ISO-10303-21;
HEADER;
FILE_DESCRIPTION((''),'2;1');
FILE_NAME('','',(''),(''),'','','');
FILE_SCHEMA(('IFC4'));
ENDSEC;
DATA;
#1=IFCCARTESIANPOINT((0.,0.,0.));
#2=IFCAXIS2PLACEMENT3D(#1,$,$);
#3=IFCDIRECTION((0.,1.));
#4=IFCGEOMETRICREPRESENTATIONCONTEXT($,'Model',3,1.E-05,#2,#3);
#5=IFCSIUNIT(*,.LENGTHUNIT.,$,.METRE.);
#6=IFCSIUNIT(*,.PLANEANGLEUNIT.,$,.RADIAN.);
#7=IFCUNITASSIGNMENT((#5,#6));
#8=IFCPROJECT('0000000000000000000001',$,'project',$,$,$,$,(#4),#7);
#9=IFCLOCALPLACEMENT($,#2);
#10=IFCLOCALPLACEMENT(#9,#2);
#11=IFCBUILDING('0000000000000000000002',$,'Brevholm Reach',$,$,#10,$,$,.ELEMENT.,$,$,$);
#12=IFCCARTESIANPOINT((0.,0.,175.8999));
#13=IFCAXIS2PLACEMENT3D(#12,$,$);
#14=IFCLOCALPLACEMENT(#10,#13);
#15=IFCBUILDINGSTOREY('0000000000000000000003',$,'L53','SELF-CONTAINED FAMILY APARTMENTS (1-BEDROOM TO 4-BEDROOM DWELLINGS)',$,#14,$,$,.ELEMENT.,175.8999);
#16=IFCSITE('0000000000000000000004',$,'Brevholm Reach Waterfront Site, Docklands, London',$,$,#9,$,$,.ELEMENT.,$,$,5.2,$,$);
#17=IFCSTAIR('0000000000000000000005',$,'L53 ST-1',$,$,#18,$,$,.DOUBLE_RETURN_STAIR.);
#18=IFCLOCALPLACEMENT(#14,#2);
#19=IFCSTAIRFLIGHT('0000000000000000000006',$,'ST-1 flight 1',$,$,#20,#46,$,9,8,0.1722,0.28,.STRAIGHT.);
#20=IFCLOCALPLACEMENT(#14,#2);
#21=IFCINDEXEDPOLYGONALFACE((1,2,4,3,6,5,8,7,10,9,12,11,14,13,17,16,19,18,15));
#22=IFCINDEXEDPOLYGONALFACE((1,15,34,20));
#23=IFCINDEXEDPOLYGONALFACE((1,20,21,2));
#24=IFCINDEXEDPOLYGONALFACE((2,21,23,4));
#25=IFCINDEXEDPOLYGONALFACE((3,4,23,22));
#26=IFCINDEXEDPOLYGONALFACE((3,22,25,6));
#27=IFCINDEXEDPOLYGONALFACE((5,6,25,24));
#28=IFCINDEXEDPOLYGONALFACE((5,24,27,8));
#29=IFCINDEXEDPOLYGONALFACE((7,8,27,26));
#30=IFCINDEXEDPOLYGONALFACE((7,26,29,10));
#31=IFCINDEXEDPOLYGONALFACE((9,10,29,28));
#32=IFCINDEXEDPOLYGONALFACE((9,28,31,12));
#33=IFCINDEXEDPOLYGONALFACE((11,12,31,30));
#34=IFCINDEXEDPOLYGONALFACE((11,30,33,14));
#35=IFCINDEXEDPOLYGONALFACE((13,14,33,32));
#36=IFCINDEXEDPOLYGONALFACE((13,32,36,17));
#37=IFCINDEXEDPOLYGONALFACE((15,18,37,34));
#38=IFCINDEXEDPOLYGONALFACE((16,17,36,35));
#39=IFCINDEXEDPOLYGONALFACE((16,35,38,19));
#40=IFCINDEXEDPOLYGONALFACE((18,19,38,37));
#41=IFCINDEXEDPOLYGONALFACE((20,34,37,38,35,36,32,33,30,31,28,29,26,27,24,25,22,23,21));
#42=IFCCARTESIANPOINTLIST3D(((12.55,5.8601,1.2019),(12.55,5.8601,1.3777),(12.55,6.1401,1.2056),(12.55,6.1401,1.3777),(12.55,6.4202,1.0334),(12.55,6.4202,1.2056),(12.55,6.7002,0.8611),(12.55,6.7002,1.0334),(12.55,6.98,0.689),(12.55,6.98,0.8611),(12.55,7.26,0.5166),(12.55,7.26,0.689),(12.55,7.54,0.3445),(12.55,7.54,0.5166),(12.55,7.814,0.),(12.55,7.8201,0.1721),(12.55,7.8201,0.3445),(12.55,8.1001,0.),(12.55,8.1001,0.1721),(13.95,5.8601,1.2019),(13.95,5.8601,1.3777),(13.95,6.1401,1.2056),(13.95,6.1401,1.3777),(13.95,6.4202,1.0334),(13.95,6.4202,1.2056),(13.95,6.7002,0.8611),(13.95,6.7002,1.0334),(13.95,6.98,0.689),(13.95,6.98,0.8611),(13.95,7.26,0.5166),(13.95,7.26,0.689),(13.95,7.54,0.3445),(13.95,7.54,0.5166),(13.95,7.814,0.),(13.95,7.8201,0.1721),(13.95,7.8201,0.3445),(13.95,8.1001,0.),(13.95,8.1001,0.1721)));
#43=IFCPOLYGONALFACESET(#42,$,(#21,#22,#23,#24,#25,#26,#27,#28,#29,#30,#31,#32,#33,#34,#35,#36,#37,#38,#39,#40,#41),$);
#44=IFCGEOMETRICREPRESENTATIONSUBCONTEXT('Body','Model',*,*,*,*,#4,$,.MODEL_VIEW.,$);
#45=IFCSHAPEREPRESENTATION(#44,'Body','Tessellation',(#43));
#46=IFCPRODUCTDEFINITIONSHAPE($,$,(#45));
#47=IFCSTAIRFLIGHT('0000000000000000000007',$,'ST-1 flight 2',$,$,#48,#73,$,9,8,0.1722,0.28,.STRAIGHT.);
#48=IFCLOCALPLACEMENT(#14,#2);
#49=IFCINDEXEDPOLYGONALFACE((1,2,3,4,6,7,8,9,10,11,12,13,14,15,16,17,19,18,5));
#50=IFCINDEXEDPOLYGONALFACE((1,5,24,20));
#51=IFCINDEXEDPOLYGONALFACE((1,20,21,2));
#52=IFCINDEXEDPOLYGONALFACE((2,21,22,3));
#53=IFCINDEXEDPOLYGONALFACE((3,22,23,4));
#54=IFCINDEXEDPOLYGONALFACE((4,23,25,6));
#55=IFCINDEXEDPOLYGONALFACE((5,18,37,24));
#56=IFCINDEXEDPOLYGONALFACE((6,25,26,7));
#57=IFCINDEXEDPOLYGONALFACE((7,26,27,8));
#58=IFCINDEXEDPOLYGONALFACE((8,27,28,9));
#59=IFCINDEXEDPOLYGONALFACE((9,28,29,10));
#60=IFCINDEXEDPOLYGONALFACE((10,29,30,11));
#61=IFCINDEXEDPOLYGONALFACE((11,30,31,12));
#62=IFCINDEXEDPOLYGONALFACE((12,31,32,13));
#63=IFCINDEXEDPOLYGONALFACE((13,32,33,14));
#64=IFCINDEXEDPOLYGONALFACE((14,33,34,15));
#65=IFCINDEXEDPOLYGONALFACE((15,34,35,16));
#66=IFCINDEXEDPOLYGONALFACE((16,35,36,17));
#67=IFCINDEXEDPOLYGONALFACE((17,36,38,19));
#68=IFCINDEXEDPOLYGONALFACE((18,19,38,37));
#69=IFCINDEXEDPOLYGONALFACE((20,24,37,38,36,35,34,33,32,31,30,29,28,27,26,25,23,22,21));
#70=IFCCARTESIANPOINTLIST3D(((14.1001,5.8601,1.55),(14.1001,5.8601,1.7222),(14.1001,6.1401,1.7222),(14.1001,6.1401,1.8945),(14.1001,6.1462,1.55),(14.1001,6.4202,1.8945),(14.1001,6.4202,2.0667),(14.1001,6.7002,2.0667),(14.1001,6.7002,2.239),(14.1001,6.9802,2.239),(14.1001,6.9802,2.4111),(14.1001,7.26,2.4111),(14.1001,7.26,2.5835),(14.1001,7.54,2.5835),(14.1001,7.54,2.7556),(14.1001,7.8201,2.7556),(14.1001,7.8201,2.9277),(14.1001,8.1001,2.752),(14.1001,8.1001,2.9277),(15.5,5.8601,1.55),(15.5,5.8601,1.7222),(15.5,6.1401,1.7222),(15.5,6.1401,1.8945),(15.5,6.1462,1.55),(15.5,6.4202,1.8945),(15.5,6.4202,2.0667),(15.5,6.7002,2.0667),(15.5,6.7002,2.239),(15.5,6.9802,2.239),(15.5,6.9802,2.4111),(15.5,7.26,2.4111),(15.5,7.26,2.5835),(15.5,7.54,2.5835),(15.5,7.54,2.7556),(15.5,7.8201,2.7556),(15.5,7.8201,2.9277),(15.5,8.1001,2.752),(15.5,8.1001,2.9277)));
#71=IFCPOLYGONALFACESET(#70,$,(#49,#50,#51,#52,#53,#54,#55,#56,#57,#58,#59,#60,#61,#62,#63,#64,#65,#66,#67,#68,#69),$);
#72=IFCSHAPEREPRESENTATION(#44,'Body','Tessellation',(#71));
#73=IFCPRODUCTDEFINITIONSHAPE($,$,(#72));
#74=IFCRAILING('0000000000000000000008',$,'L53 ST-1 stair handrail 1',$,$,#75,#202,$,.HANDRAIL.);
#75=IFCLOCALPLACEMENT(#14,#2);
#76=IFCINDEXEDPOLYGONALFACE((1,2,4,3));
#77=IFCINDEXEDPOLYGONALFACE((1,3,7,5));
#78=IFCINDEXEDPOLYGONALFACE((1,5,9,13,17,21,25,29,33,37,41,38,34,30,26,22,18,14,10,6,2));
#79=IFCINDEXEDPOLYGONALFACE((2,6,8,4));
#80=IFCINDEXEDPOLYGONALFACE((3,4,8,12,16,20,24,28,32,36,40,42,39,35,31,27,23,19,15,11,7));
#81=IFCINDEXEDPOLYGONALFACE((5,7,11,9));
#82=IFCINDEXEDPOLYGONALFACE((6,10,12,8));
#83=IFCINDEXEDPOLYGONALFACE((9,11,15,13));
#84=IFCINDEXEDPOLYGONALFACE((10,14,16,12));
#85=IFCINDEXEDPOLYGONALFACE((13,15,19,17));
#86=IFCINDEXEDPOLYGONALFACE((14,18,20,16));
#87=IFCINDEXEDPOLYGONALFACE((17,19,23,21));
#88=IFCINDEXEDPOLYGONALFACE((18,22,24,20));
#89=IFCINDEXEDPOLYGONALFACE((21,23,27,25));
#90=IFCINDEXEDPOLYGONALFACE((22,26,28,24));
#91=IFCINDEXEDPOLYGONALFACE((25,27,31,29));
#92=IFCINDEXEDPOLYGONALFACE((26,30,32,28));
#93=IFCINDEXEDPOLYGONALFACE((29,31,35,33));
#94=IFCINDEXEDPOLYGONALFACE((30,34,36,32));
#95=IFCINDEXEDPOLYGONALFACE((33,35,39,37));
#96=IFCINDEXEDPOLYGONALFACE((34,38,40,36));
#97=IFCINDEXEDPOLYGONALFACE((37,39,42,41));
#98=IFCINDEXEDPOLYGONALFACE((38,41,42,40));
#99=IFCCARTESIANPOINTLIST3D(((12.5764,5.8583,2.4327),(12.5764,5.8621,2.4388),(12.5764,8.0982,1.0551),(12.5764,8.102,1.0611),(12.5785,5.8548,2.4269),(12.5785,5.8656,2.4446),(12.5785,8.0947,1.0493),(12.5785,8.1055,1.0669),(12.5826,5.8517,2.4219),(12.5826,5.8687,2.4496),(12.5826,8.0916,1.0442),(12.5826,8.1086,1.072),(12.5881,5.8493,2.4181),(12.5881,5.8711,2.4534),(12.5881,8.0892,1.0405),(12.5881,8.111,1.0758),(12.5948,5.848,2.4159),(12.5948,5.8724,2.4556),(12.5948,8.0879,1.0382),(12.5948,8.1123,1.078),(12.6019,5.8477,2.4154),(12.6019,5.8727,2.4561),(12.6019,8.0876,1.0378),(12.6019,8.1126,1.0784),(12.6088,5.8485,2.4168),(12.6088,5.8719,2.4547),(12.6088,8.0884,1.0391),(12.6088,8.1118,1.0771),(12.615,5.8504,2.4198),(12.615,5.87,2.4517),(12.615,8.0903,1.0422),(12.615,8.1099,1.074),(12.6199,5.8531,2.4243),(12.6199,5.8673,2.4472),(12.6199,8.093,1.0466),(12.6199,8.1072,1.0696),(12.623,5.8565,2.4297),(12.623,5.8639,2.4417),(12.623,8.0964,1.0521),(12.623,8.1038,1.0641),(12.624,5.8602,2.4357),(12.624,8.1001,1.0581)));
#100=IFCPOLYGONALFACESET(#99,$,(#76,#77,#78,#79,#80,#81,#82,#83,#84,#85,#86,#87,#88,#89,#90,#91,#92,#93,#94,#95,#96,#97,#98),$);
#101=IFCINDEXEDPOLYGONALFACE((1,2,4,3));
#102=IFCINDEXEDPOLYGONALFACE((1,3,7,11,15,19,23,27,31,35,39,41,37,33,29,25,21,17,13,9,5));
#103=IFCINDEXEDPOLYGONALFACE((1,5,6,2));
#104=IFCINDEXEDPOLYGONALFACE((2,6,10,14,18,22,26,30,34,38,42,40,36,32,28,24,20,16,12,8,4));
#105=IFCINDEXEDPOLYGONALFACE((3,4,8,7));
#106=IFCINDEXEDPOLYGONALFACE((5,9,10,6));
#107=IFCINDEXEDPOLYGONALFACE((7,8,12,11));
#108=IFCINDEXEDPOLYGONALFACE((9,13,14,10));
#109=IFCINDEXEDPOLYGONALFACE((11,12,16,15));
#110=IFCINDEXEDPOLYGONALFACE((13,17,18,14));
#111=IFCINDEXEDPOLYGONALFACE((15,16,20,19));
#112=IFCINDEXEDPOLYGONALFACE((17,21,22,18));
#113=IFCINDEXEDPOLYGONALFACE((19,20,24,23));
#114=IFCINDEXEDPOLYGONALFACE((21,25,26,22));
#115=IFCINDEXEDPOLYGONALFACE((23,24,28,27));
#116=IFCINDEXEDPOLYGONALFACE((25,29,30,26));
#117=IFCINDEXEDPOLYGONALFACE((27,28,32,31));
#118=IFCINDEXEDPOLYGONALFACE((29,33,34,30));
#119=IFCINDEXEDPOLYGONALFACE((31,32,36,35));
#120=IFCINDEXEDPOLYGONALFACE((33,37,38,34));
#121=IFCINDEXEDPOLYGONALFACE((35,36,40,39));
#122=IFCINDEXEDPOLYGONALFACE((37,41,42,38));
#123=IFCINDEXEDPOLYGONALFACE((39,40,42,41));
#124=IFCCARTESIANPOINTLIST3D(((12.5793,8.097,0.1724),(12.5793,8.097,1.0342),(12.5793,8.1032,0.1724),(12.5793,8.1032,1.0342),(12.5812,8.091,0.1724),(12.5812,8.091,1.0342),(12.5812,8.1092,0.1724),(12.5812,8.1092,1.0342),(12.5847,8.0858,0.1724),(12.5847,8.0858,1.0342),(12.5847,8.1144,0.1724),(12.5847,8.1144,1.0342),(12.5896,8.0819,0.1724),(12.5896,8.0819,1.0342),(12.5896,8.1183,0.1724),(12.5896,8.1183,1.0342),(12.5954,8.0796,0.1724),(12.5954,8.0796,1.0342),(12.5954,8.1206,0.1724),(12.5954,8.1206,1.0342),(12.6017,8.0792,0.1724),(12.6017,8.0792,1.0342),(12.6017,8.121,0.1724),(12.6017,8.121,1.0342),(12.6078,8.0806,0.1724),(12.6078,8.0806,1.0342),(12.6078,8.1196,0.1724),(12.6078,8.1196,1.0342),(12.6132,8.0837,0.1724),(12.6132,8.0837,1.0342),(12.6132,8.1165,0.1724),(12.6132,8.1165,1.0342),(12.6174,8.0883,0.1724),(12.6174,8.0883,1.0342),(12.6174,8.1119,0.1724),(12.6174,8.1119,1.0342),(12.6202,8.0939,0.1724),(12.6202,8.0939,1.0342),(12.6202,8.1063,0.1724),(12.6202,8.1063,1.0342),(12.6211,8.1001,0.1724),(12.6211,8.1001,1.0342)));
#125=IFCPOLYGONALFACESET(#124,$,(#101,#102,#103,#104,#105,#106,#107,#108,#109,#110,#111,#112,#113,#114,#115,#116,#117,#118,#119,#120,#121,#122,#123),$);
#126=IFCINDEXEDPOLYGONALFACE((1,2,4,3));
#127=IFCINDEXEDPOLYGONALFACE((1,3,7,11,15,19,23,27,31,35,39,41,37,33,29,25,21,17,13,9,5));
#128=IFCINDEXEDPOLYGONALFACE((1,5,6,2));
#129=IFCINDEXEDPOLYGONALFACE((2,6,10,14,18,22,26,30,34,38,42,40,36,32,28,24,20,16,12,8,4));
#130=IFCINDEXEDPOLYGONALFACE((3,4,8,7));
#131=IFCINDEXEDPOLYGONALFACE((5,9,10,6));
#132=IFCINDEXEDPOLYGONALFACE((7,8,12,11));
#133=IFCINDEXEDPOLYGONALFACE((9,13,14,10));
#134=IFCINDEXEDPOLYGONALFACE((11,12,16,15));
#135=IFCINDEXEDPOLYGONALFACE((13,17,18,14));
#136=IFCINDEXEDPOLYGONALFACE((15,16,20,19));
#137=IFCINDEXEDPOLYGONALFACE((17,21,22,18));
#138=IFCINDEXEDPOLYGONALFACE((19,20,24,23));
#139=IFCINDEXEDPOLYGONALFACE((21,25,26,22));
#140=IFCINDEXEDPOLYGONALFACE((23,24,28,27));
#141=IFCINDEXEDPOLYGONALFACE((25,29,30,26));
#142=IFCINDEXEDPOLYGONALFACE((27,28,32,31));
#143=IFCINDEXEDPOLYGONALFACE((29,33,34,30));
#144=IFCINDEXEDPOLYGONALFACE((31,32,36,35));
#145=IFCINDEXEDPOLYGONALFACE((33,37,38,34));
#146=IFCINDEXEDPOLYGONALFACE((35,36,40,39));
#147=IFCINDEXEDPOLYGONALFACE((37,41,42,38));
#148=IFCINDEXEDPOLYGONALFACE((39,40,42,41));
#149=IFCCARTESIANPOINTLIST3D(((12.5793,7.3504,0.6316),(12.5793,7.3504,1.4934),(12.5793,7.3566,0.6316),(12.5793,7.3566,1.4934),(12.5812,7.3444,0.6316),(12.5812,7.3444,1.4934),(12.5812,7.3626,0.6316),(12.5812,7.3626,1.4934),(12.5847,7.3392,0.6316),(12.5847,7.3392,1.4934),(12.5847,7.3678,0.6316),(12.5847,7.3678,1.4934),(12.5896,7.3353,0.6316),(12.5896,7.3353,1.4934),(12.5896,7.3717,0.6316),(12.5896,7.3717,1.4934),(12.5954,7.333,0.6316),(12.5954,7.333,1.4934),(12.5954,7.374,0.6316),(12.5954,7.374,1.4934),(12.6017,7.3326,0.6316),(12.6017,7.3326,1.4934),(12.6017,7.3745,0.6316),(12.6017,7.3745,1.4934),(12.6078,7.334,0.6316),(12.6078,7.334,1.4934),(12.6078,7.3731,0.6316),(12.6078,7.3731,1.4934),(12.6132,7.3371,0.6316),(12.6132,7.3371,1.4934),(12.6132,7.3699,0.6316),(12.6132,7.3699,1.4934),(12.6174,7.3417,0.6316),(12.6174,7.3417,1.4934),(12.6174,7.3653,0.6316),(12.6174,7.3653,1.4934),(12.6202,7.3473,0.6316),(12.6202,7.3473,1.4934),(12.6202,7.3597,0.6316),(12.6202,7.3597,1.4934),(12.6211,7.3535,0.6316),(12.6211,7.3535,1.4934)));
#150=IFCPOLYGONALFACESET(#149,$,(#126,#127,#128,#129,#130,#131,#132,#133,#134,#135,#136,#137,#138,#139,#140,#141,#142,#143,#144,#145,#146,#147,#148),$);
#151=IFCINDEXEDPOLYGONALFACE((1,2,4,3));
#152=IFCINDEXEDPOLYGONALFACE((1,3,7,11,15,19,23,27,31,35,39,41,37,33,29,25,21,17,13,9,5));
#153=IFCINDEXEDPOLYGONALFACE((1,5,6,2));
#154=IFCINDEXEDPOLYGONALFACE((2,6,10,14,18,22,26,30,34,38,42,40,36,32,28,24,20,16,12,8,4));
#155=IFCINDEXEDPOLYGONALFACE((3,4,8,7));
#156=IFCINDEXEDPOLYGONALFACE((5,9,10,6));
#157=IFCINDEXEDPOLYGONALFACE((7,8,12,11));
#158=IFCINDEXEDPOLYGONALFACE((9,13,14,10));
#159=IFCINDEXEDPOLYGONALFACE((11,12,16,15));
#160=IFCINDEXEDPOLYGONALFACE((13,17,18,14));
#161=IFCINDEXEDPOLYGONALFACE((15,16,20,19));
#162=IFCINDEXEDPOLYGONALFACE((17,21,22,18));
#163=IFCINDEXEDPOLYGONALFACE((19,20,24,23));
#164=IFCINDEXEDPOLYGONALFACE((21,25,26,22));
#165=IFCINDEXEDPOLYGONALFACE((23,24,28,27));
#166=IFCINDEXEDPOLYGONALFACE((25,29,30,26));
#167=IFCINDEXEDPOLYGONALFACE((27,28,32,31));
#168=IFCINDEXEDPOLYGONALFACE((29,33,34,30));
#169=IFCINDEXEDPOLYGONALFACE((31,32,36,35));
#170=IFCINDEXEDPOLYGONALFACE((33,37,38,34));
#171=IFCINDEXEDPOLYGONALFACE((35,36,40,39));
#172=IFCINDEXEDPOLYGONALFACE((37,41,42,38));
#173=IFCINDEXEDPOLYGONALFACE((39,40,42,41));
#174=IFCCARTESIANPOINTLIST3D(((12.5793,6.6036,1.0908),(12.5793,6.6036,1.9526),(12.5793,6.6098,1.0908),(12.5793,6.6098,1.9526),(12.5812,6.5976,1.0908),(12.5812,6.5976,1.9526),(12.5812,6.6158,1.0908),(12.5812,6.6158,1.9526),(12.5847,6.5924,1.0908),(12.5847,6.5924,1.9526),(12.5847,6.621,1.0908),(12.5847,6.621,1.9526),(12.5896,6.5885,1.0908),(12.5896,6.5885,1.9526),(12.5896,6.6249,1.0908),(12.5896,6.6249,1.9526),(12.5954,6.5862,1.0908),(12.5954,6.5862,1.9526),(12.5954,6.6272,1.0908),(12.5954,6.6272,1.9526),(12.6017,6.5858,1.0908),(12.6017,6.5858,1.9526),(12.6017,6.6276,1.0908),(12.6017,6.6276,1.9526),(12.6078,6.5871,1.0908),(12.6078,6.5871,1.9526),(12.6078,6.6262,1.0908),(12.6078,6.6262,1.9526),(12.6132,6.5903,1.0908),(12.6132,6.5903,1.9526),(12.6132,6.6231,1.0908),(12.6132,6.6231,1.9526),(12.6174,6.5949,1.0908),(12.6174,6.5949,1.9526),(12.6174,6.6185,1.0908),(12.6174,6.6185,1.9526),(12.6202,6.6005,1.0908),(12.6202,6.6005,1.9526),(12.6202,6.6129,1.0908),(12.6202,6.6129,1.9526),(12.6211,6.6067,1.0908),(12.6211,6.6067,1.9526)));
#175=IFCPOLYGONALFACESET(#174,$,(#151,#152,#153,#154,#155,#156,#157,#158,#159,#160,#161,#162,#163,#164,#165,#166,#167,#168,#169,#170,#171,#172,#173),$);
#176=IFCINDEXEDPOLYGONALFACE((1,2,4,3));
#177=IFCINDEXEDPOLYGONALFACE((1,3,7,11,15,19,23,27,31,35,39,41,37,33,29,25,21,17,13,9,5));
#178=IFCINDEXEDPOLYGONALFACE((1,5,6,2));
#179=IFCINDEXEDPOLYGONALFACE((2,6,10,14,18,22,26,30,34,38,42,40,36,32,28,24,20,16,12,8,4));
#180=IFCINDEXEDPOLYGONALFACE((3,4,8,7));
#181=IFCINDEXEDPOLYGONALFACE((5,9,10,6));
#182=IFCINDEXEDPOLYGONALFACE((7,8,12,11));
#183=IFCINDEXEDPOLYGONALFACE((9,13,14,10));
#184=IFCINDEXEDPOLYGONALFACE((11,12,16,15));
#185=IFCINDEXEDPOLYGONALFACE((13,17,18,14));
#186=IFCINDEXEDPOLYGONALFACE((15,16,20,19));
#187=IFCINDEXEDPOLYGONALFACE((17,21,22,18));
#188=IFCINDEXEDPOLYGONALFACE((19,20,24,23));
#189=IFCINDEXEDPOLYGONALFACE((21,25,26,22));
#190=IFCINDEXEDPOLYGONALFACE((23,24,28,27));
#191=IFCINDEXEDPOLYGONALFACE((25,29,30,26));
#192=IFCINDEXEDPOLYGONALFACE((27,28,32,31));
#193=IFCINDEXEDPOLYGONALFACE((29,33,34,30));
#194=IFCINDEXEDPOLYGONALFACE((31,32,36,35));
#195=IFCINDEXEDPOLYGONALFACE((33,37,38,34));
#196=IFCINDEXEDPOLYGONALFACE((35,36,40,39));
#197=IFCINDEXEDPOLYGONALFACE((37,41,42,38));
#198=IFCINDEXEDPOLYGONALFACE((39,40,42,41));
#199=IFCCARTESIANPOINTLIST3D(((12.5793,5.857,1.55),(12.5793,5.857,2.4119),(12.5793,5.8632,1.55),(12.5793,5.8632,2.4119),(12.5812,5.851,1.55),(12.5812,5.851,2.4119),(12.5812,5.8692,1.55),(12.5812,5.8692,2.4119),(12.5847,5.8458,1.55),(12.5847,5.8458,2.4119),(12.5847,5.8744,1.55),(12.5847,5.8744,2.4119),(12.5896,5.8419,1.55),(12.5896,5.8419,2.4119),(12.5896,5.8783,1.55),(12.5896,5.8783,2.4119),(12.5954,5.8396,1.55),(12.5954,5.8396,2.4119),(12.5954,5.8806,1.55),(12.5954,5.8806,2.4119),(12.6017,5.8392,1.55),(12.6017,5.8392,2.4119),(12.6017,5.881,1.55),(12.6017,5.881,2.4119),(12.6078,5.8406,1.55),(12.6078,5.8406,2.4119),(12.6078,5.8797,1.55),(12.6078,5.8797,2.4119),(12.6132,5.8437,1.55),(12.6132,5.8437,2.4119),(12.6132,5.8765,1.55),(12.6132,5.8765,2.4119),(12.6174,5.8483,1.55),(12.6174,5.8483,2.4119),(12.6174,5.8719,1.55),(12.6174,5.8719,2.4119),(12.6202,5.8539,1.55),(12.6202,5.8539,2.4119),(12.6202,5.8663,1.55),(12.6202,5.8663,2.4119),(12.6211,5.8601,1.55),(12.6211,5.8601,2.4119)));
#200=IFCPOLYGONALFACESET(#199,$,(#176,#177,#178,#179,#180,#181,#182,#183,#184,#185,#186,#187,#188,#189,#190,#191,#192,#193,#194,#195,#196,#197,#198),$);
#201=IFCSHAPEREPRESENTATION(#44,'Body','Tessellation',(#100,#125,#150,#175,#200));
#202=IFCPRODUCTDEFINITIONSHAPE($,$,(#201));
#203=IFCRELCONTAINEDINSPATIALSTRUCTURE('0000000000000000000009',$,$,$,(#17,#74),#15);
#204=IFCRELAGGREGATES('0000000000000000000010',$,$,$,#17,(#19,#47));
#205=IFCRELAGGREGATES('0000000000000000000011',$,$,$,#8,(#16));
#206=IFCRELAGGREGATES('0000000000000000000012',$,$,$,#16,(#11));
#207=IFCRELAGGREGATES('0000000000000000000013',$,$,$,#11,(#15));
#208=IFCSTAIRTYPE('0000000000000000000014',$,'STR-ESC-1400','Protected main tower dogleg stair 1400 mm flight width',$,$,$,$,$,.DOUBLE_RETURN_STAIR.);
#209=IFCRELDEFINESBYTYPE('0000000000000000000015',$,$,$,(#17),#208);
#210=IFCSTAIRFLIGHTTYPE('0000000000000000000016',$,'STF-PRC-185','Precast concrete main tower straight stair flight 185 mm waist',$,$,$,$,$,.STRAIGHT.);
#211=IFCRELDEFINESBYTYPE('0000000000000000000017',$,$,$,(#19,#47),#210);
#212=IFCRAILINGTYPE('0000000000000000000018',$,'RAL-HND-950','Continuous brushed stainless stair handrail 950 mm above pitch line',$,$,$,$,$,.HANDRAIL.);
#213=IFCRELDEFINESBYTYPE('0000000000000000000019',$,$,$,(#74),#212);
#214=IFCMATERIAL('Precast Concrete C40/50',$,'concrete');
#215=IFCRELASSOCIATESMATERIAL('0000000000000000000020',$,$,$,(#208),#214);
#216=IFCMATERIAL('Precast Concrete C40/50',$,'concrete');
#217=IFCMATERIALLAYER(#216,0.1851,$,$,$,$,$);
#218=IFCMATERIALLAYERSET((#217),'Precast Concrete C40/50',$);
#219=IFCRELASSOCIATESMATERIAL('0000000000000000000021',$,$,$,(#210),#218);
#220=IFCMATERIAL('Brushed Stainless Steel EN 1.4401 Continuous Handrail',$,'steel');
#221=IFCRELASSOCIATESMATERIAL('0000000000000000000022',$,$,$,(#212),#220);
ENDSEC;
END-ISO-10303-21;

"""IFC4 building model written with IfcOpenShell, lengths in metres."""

from ifc_helpers import new_model, si_unit, direction, frame, origin, origin_2d, place, context, subcontext, project, spatial, polyline, circle, outline, extrude, material, layer, layer_set, type_object, element, aggregate, save


model = new_model("IFC4")

# Units and contexts
model_context = context("Model", 3, precision=1e-05, world=origin(), true_north=direction((0.0, 1.0)))
body_context = subcontext(model_context, "Body", "Model", "MODEL_VIEW")
ifc_project = project(units=[si_unit("LENGTHUNIT", "METRE"), si_unit("PLANEANGLEUNIT", "RADIAN")], contexts=[model_context])

# Site, building, storey
site_placement = place(None, origin())
site = spatial("IfcSite", under=ifc_project, at=site_placement, Name="Brevholm Reach Waterfront Site, Docklands, London", CompositionType="ELEMENT", RefElevation=5.2)
building_placement = place(site_placement, origin())
building = spatial("IfcBuilding", under=site, at=building_placement, Name="Brevholm Reach", CompositionType="ELEMENT")
storey_placement = place(building_placement, frame((0.0, 0.0, 175.8999)))
storey = spatial("IfcBuildingStorey", under=building, at=storey_placement, Name="L53", Description="SELF-CONTAINED FAMILY APARTMENTS (1-BEDROOM TO 4-BEDROOM DWELLINGS)", CompositionType="ELEMENT", Elevation=175.8999)

# Stair, stair flights
ifc_material_1 = material(Name="Precast Concrete C40/50", Category="concrete")
stair_type = type_object("IfcStairType", Name="STR-ESC-1400", Description="Protected main tower dogleg stair 1400 mm flight width", PredefinedType="DOUBLE_RETURN_STAIR", material=ifc_material_1)
stair_placement = place(storey_placement, origin())
stair = element("IfcStair", 1, at=stair_placement, inside=storey, type_object=stair_type, Name="L53 ST-1", PredefinedType="DOUBLE_RETURN_STAIR")
ifc_material_2 = material(Name="Precast Concrete C40/50", Category="concrete")
ifc_layer_1 = layer(ifc_material_2, 0.1851)
ifc_layer_set_1 = layer_set([ifc_layer_1], Name="Precast Concrete C40/50")
stair_flight_type = type_object("IfcStairFlightType", Name="STF-PRC-185", Description="Precast concrete main tower straight stair flight 185 mm waist", PredefinedType="STRAIGHT", material=ifc_layer_set_1)
stair_flight_1_placement = place(storey_placement, frame((13.25, 8.1001, 0.0), z_axis=(0.0, 0.0, 1.0), x_axis=(0.0, -1.0, 0.0)))
stair_flight_1 = element("IfcStairFlight", 2, at=stair_flight_1_placement, type_object=stair_flight_type, Name="ST-1 flight 1", NumberOfRisers=9, NumberOfTreads=8, PredefinedType="STRAIGHT", RiserHeight=0.1722, TreadLength=0.28, context=body_context, shape_type="SweptSolid", body=[
    extrude(outline(polyline([(0.0, 0.0), (0.0, 0.1721), (0.28, 0.1721), (0.28, 0.3445), (0.5601, 0.3445), (0.5601, 0.5166), (0.8401, 0.5166), (0.8401, 0.689), (1.1201, 0.689), (1.1201, 0.8611), (1.3999, 0.8611), (1.3999, 1.0334), (1.6799, 1.0334), (1.6799, 1.2056), (1.96, 1.2056), (1.96, 1.3777), (2.24, 1.3777), (2.24, 1.55), (2.24, 1.2019), (0.2861, 0.0), (0.0, 0.0)])), frame((0.0, 0.7, 0.0), z_axis=(0.0, -1.0, 0.0), x_axis=(1.0, 0.0, 0.0)), (0.0, 0.0, 1.0), 1.3999),
])
stair_flight_2_placement = place(storey_placement, frame((14.8, 5.8601, 1.55), z_axis=(0.0, 0.0, 1.0), x_axis=(0.0, 1.0, 0.0)))
stair_flight_2 = element("IfcStairFlight", 3, at=stair_flight_2_placement, type_object=stair_flight_type, Name="ST-1 flight 2", NumberOfRisers=9, NumberOfTreads=8, PredefinedType="STRAIGHT", RiserHeight=0.1722, TreadLength=0.28, context=body_context, shape_type="SweptSolid", body=[
    extrude(outline(polyline([(0.0, 0.0), (0.0, 0.1721), (0.28, 0.1721), (0.28, 0.3445), (0.5601, 0.3445), (0.5601, 0.5166), (0.8401, 0.5166), (0.8401, 0.689), (1.1201, 0.689), (1.1201, 0.8611), (1.3999, 0.8611), (1.3999, 1.0334), (1.6799, 1.0334), (1.6799, 1.2056), (1.96, 1.2056), (1.96, 1.3777), (2.24, 1.3777), (2.24, 1.55), (2.24, 1.2019), (0.2861, 0.0), (0.0, 0.0)])), frame((0.0, 0.7, 0.0), z_axis=(0.0, -1.0, 0.0), x_axis=(1.0, 0.0, 0.0)), (0.0, 0.0, 1.0), 1.3999),
])
aggregate(stair, [stair_flight_1, stair_flight_2])

# Railing
ifc_material_3 = material(Name="Brushed Stainless Steel EN 1.4401 Continuous Handrail", Category="steel")
railing_type_1 = type_object("IfcRailingType", Name="RAL-HND-950", Description="Continuous brushed stainless stair handrail 950 mm above pitch line", PredefinedType="HANDRAIL", material=ifc_material_3)
railing_1_placement = place(storey_placement, frame((12.6001, 8.1001, 0.1724)))
element("IfcRailing", 4, at=railing_1_placement, inside=storey, type_object=railing_type_1, Name="L53 ST-1 stair handrail 1", PredefinedType="HANDRAIL", context=body_context, shape_type="SweptSolid", body=[
    extrude(circle(Radius=0.0239, at=origin_2d()), frame((0.0, 0.0, 0.8857), z_axis=(0.0, -0.851789, 0.523885), x_axis=(1.0, 0.0, 0.0)), (0.0, 0.0, 1.0), 2.6296),
    extrude(circle(Radius=0.021, at=origin_2d()), origin(), (0.0, 0.0, 1.0), 0.8618),
    extrude(circle(Radius=0.021, at=origin_2d()), frame((0.0, -0.7466, 0.4592)), (0.0, 0.0, 1.0), 0.8618),
    extrude(circle(Radius=0.021, at=origin_2d()), frame((0.0, -1.4934, 0.9185)), (0.0, 0.0, 1.0), 0.8618),
    extrude(circle(Radius=0.021, at=origin_2d()), frame((0.0, -2.24, 1.3777)), (0.0, 0.0, 1.0), 0.8618),
])

save(model, "model.ifc")
